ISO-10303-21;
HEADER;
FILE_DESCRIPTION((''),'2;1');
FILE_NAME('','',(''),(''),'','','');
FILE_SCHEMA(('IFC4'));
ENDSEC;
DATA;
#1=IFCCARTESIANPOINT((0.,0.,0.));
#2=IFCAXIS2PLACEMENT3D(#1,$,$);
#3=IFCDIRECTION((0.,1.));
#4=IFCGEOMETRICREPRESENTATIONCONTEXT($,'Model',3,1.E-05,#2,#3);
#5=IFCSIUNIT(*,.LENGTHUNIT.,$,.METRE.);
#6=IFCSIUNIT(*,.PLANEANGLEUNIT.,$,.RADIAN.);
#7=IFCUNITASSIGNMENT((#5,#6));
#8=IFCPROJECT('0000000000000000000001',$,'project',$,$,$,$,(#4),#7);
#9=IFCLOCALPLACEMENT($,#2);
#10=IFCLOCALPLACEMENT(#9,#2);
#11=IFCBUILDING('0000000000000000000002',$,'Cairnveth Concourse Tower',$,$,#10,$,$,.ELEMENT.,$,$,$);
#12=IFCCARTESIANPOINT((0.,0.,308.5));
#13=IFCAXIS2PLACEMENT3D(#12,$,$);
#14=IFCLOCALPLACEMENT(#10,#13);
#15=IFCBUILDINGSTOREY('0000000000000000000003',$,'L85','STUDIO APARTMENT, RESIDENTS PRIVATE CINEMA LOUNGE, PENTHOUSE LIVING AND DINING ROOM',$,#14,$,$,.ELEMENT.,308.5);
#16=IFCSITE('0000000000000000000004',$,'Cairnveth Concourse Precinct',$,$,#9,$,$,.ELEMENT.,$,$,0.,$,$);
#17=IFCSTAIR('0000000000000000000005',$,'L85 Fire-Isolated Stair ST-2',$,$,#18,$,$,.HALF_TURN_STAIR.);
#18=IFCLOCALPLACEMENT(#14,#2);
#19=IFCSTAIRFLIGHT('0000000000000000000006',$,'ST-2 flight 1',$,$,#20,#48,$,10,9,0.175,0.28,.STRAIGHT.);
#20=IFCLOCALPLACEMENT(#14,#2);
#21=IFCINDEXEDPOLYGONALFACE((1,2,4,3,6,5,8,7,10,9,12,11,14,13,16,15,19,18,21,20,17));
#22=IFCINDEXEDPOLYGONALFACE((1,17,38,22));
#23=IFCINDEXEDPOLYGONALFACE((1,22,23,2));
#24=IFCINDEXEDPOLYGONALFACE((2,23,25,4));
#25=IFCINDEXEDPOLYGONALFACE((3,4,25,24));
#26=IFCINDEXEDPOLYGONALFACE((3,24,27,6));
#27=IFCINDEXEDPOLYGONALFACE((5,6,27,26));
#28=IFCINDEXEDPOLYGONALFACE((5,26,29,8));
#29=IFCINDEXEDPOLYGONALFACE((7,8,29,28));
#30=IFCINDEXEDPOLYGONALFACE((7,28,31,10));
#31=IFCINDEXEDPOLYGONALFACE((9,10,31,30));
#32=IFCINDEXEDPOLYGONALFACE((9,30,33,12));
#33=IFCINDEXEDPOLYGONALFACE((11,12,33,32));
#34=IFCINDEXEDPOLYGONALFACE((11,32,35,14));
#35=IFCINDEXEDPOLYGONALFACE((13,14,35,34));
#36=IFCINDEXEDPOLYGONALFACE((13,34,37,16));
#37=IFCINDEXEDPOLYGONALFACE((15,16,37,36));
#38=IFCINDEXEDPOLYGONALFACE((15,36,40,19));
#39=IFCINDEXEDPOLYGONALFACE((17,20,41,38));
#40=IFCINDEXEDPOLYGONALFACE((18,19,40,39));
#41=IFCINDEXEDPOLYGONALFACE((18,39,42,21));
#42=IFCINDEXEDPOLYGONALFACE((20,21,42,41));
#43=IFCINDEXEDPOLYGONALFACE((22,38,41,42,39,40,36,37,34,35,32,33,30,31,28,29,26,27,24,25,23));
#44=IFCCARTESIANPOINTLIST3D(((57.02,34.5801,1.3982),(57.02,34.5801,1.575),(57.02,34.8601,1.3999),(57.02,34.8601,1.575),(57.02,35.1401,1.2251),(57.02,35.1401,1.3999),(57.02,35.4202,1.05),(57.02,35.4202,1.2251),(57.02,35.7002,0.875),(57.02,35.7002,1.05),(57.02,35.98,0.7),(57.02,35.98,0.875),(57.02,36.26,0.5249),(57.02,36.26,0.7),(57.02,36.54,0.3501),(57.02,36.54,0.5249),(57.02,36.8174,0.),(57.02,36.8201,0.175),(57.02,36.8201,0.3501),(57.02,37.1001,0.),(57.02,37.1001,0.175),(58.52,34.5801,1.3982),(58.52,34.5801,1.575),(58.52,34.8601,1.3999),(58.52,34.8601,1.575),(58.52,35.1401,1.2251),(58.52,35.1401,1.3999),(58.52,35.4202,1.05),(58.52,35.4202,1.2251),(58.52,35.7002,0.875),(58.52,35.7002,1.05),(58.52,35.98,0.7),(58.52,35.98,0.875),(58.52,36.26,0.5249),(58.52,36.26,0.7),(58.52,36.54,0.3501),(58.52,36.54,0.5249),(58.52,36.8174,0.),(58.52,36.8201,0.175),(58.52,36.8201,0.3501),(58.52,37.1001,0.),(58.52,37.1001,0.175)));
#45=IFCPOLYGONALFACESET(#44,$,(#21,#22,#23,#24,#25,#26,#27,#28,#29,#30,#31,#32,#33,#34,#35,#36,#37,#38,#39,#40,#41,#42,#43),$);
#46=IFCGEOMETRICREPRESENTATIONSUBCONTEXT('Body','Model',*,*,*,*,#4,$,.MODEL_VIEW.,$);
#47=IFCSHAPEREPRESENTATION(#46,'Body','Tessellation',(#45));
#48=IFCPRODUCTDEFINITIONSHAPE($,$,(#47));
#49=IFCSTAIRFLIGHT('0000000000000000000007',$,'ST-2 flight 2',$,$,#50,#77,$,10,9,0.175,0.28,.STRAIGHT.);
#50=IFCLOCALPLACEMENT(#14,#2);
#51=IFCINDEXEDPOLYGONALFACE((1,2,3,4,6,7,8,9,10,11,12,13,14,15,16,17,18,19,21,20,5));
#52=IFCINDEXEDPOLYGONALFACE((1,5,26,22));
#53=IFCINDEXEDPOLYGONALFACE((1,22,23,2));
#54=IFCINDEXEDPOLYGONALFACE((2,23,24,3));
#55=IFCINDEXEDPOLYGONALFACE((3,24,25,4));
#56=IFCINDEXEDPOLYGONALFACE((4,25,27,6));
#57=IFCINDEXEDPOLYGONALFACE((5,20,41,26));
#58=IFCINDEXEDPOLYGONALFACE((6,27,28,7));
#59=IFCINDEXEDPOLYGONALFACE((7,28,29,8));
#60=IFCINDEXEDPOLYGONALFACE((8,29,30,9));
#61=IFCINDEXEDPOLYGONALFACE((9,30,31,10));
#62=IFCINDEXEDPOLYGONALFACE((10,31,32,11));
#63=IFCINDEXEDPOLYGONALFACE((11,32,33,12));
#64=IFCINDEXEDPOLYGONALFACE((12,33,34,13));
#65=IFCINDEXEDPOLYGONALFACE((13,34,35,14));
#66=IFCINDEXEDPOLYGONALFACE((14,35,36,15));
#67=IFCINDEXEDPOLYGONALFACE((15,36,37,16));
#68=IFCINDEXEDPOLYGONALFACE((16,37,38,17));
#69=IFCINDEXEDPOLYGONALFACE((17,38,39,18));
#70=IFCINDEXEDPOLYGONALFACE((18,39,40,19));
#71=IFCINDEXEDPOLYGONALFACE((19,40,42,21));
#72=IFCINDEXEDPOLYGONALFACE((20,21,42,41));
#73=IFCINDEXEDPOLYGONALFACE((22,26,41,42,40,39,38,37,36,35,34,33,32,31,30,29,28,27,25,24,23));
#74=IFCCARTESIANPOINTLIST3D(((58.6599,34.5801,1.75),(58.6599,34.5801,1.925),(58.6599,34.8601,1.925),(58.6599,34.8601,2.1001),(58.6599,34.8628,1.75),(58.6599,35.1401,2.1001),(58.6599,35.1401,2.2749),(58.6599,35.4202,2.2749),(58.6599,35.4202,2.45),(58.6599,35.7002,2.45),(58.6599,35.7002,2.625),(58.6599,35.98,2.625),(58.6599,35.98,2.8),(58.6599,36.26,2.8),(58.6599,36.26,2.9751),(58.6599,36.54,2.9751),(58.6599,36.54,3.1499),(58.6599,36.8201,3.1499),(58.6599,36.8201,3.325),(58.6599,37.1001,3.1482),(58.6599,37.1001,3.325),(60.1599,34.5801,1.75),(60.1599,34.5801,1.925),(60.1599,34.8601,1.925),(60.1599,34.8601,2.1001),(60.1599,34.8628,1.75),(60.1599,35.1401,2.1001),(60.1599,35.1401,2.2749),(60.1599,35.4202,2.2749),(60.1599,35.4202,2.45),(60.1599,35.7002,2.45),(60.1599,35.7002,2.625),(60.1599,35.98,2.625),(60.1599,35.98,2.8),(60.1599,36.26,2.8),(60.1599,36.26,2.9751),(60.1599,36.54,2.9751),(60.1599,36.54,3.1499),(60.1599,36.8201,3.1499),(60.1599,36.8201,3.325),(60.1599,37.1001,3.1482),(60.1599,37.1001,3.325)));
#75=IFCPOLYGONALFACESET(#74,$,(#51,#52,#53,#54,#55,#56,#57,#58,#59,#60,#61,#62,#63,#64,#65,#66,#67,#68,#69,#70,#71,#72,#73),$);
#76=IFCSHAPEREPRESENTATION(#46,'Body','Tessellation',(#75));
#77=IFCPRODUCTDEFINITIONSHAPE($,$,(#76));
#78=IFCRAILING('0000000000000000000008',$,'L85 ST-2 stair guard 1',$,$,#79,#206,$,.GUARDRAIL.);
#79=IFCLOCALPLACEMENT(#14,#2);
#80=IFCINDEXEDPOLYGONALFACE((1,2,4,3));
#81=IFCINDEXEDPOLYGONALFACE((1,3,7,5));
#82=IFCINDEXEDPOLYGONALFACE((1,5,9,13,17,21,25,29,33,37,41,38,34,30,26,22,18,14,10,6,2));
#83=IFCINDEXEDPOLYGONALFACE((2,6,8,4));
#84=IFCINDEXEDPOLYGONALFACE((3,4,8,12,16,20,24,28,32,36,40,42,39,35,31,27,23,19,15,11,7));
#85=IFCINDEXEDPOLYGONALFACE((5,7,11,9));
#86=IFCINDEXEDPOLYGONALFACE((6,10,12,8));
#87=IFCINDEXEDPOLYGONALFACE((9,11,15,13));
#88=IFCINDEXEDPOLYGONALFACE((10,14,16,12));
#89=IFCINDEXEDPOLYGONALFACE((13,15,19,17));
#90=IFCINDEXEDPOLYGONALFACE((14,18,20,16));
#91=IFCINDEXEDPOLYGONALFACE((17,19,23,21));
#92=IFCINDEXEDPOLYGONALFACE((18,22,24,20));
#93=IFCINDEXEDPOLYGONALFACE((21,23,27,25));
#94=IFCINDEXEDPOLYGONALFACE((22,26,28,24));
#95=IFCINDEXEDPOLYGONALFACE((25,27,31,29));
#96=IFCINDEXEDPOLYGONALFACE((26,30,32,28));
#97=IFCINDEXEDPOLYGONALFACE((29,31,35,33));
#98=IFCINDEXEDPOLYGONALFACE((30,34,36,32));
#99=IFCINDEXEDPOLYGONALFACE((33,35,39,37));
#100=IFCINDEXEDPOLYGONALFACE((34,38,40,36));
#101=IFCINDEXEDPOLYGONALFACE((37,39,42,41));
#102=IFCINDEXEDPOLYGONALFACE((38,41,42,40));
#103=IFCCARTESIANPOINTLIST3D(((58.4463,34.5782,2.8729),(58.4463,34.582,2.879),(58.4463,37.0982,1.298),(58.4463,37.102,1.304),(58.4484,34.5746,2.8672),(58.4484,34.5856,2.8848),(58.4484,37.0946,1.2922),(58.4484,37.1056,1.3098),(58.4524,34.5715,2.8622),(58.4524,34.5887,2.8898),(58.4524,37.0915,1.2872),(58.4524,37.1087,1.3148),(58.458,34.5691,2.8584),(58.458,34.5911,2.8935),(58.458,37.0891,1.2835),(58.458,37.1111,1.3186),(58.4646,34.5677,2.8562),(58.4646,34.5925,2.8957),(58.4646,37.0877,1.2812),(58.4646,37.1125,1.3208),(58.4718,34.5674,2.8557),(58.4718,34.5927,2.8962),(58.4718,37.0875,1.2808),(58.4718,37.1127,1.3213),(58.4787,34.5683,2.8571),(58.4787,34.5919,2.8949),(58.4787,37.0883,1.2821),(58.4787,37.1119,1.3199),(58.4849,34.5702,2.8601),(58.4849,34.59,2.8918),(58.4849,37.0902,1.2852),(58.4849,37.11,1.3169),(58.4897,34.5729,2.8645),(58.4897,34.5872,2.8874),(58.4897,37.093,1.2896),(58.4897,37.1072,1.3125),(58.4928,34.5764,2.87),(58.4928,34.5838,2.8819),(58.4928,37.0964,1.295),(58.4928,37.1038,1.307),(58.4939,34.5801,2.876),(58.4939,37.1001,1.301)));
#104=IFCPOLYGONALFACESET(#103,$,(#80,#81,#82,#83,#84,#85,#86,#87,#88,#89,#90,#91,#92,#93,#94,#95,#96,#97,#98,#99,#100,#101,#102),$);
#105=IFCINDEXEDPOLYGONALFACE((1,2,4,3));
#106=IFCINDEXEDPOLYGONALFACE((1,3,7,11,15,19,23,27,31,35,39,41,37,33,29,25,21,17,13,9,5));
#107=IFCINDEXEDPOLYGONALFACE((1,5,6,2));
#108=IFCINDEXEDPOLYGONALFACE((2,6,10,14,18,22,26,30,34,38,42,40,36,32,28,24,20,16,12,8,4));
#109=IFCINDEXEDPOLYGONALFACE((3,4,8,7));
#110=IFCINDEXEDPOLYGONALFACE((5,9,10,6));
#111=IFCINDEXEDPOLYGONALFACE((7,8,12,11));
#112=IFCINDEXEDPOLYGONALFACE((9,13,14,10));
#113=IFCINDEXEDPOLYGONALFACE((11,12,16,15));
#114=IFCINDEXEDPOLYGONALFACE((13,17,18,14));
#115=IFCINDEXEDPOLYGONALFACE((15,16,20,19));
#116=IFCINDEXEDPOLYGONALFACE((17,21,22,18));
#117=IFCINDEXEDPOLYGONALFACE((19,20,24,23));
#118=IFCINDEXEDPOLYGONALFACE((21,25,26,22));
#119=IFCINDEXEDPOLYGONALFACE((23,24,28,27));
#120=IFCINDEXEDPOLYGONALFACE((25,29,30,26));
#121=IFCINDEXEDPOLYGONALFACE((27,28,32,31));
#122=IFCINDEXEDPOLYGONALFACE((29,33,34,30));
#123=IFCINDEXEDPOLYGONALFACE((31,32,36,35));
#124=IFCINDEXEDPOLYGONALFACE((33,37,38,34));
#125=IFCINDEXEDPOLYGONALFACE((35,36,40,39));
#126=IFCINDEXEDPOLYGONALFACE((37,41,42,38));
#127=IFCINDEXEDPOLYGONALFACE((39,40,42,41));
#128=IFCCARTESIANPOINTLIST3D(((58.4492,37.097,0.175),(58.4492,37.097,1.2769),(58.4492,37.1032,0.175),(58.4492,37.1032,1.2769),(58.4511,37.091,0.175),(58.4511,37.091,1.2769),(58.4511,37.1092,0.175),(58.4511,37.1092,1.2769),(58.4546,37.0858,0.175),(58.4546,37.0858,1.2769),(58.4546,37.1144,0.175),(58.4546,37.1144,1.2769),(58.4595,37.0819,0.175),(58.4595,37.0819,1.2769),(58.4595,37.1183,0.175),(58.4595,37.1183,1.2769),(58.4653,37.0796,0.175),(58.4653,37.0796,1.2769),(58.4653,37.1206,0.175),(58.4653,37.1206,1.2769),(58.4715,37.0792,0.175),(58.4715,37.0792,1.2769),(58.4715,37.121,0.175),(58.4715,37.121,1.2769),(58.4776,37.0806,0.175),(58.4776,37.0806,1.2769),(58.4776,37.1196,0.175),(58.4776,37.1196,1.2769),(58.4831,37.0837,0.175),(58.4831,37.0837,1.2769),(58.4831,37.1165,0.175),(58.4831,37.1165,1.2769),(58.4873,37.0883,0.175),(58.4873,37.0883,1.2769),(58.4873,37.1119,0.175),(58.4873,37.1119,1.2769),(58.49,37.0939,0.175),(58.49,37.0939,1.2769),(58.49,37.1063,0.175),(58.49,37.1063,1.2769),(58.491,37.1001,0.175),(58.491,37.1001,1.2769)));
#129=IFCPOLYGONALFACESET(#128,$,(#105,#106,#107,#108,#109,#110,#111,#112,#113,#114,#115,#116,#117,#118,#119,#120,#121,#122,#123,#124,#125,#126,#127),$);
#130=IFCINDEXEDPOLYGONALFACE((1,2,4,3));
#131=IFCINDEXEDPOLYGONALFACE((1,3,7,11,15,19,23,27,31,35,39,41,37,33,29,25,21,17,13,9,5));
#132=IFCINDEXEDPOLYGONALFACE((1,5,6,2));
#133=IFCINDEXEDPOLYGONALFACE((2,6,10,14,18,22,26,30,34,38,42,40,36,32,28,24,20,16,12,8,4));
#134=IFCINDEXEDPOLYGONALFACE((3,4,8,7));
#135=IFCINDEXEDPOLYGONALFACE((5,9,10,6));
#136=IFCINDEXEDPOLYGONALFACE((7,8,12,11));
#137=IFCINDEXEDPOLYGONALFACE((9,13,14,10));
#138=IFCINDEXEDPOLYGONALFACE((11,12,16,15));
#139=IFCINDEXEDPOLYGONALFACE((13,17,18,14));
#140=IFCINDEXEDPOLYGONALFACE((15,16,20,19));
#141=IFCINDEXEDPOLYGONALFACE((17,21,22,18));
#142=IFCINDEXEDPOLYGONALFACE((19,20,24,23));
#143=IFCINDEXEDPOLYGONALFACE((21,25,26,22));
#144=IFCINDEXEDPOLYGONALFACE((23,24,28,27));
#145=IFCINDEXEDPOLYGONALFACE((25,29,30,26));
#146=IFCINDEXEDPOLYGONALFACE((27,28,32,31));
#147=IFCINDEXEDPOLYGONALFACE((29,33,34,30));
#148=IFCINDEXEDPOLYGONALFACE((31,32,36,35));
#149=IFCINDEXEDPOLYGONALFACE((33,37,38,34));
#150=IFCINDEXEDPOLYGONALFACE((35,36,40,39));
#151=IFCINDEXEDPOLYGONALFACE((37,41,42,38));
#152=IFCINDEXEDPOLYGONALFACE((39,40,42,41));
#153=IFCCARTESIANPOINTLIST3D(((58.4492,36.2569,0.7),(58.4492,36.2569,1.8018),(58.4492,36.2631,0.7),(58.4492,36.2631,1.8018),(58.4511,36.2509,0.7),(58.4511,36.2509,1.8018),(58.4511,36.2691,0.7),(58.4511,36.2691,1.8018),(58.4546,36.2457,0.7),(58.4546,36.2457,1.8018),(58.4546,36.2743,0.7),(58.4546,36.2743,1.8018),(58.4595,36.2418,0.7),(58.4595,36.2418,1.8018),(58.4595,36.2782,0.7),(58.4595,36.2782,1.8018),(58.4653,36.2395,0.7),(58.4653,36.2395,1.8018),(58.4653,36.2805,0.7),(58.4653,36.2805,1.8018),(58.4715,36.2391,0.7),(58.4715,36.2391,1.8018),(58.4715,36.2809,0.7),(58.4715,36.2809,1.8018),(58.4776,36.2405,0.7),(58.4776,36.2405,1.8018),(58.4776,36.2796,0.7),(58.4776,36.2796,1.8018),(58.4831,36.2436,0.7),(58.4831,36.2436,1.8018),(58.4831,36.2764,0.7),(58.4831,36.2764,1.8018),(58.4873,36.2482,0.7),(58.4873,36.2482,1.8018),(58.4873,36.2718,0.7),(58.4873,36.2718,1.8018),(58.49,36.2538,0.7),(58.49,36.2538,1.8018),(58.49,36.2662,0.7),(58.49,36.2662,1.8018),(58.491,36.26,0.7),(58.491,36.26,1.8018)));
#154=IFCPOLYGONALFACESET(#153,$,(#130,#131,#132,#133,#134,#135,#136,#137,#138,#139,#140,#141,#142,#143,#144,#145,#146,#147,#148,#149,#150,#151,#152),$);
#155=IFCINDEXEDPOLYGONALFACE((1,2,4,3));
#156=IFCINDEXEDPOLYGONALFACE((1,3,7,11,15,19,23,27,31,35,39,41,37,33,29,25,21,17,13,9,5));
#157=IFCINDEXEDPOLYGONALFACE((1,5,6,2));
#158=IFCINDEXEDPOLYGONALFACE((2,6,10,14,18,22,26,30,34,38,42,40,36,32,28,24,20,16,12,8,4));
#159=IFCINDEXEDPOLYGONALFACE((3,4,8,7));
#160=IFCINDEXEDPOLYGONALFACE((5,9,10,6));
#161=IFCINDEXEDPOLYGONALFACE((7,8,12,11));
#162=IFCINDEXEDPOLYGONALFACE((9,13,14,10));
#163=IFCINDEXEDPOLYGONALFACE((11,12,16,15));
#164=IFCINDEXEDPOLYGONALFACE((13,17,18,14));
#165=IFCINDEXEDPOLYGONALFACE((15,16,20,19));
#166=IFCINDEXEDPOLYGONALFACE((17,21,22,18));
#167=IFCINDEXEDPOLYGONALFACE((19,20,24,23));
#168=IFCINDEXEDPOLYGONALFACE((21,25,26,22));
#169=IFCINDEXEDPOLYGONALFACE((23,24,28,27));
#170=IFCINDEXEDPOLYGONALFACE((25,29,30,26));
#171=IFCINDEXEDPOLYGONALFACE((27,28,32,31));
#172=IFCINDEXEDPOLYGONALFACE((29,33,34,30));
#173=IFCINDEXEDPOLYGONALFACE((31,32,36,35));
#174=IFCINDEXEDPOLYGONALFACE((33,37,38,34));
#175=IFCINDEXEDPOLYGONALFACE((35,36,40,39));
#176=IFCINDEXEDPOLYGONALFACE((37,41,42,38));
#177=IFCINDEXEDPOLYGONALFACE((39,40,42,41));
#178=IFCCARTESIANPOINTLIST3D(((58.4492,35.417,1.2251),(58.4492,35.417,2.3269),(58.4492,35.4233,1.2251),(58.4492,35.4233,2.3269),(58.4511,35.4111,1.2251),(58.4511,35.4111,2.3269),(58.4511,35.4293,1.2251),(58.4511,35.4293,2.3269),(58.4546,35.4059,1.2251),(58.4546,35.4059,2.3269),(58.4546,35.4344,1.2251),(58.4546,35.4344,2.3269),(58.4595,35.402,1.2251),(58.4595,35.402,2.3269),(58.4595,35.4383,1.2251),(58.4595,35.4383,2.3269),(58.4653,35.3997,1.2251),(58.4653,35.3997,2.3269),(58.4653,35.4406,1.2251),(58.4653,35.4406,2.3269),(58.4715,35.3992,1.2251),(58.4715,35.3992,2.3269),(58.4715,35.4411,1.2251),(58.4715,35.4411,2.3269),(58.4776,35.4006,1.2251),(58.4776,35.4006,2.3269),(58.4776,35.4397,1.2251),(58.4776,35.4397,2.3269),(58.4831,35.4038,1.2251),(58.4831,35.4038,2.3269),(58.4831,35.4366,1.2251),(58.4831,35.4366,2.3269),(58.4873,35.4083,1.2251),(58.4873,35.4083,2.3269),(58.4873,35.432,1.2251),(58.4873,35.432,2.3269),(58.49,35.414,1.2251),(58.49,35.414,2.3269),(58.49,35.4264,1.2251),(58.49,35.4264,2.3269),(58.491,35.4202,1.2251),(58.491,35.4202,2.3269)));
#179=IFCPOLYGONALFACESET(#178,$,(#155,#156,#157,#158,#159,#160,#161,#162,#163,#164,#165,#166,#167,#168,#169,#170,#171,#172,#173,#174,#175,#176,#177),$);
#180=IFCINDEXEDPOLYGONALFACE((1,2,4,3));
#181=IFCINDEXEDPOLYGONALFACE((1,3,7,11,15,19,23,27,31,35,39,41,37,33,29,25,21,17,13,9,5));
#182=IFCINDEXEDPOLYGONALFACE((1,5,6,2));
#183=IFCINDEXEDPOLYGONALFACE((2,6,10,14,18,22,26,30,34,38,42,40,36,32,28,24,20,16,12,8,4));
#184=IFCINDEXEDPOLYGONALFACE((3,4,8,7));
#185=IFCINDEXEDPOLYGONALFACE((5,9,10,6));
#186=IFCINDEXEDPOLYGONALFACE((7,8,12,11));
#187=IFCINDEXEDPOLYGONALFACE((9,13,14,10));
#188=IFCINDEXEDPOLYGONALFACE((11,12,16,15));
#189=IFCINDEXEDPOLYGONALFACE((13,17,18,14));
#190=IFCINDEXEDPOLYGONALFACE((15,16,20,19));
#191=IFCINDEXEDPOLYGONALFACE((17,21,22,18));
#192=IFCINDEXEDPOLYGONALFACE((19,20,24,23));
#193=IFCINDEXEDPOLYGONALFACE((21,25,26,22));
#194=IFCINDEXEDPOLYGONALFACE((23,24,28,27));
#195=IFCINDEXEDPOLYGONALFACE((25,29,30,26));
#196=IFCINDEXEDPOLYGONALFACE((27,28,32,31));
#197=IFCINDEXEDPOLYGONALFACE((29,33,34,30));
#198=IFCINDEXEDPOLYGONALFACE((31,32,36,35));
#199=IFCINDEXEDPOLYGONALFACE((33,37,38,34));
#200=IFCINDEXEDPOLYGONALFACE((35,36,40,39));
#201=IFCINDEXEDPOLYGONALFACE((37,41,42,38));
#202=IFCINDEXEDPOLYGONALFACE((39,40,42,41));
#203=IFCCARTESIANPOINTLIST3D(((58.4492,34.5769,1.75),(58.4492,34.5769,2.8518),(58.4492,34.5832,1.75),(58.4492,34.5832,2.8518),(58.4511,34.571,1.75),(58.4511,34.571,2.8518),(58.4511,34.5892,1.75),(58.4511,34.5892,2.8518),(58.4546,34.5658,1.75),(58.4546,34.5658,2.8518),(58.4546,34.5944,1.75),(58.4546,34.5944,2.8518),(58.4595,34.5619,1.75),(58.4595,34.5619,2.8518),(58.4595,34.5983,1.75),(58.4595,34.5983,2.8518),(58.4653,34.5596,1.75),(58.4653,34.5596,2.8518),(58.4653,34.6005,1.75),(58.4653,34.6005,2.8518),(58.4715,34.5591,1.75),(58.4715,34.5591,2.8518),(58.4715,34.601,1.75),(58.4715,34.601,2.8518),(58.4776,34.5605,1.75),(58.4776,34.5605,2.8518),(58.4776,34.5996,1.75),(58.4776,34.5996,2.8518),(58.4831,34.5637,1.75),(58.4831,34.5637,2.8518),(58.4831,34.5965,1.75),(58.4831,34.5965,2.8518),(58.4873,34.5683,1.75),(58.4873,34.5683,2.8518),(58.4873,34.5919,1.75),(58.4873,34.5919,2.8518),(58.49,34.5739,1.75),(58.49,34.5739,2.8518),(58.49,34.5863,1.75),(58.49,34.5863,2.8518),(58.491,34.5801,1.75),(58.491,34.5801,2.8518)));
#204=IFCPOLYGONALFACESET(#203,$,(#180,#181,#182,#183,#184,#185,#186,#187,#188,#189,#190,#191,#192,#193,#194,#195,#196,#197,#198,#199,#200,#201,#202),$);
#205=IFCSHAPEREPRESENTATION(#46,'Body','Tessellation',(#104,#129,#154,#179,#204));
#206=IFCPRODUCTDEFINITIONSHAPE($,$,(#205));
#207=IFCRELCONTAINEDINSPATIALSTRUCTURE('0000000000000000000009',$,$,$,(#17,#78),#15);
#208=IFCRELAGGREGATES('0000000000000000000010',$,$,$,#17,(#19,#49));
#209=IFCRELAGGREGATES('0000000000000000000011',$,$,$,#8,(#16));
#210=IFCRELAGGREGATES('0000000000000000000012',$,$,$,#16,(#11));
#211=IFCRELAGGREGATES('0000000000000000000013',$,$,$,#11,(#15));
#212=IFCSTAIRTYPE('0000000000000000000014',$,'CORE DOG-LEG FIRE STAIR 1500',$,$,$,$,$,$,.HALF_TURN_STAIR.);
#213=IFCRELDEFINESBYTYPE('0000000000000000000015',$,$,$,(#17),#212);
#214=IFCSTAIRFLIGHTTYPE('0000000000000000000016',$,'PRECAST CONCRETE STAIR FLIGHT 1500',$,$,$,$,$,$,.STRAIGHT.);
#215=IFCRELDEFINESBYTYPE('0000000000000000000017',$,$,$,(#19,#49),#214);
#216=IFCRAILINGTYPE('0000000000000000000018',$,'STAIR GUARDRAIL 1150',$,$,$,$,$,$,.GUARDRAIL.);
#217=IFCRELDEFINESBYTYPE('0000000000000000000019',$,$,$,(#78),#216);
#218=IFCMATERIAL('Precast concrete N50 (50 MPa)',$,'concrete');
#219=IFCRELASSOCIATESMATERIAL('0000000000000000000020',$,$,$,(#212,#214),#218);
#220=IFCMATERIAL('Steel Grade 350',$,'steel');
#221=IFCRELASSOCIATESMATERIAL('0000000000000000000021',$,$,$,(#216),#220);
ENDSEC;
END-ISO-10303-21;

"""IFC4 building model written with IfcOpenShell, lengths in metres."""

from ifc_helpers import new_model, si_unit, direction, frame, origin, origin_2d, place, context, subcontext, project, spatial, polyline, circle, outline, extrude, material, type_object, element, aggregate, save


model = new_model("IFC4")

# Units and contexts
model_context = context("Model", 3, precision=1e-05, world=origin(), true_north=direction((0.0, 1.0)))
body_context = subcontext(model_context, "Body", "Model", "MODEL_VIEW")
ifc_project = project(units=[si_unit("LENGTHUNIT", "METRE"), si_unit("PLANEANGLEUNIT", "RADIAN")], contexts=[model_context])

# Site, building, storey
site_placement = place(None, origin())
site = spatial("IfcSite", under=ifc_project, at=site_placement, Name="Cairnveth Concourse Precinct", CompositionType="ELEMENT", RefElevation=0.0)
building_placement = place(site_placement, origin())
building = spatial("IfcBuilding", under=site, at=building_placement, Name="Cairnveth Concourse Tower", CompositionType="ELEMENT")
storey_placement = place(building_placement, frame((0.0, 0.0, 308.5)))
storey = spatial("IfcBuildingStorey", under=building, at=storey_placement, Name="L85", Description="STUDIO APARTMENT, RESIDENTS PRIVATE CINEMA LOUNGE, PENTHOUSE LIVING AND DINING ROOM", CompositionType="ELEMENT", Elevation=308.5)

# Shared definitions
ifc_material_1 = material(Name="Steel Grade 350", Category="steel")

# Stair, stair flights
ifc_material_2 = material(Name="Precast concrete N50 (50 MPa)", Category="concrete")
stair_type = type_object("IfcStairType", Name="CORE DOG-LEG FIRE STAIR 1500", PredefinedType="HALF_TURN_STAIR", material=ifc_material_2)
stair_placement = place(storey_placement, origin())
stair = element("IfcStair", 1, at=stair_placement, inside=storey, type_object=stair_type, Name="L85 Fire-Isolated Stair ST-2", PredefinedType="HALF_TURN_STAIR")
stair_flight_type = type_object("IfcStairFlightType", Name="PRECAST CONCRETE STAIR FLIGHT 1500", PredefinedType="STRAIGHT", material=ifc_material_2)
stair_flight_1_placement = place(storey_placement, frame((57.77, 37.1001, 0.0), z_axis=(0.0, 0.0, 1.0), x_axis=(0.0, -1.0, 0.0)))
stair_flight_1 = element("IfcStairFlight", 2, at=stair_flight_1_placement, type_object=stair_flight_type, Name="ST-2 flight 1", NumberOfRisers=10, NumberOfTreads=9, PredefinedType="STRAIGHT", RiserHeight=0.175, TreadLength=0.28, context=body_context, shape_type="SweptSolid", body=[
    extrude(outline(polyline([(0.0, 0.0), (0.0, 0.175), (0.28, 0.175), (0.28, 0.3501), (0.5601, 0.3501), (0.5601, 0.5249), (0.8401, 0.5249), (0.8401, 0.7), (1.1201, 0.7), (1.1201, 0.875), (1.3999, 0.875), (1.3999, 1.05), (1.6799, 1.05), (1.6799, 1.2251), (1.96, 1.2251), (1.96, 1.3999), (2.24, 1.3999), (2.24, 1.575), (2.52, 1.575), (2.52, 1.75), (2.52, 1.3982), (0.2827, 0.0), (0.0, 0.0)])), frame((0.0, 0.75, 0.0), z_axis=(0.0, -1.0, 0.0), x_axis=(1.0, 0.0, 0.0)), (0.0, 0.0, 1.0), 1.5),
])
stair_flight_2_placement = place(storey_placement, frame((59.4099, 34.5801, 1.75), z_axis=(0.0, 0.0, 1.0), x_axis=(0.0, 1.0, 0.0)))
stair_flight_2 = element("IfcStairFlight", 3, at=stair_flight_2_placement, type_object=stair_flight_type, Name="ST-2 flight 2", NumberOfRisers=10, NumberOfTreads=9, PredefinedType="STRAIGHT", RiserHeight=0.175, TreadLength=0.28, context=body_context, shape_type="SweptSolid", body=[
    extrude(outline(polyline([(0.0, 0.0), (0.0, 0.175), (0.28, 0.175), (0.28, 0.3501), (0.5601, 0.3501), (0.5601, 0.5249), (0.8401, 0.5249), (0.8401, 0.7), (1.1201, 0.7), (1.1201, 0.875), (1.3999, 0.875), (1.3999, 1.05), (1.6799, 1.05), (1.6799, 1.2251), (1.96, 1.2251), (1.96, 1.3999), (2.24, 1.3999), (2.24, 1.575), (2.52, 1.575), (2.52, 1.75), (2.52, 1.3982), (0.2827, 0.0), (0.0, 0.0)])), frame((0.0, 0.75, 0.0), z_axis=(0.0, -1.0, 0.0), x_axis=(1.0, 0.0, 0.0)), (0.0, 0.0, 1.0), 1.5),
])
aggregate(stair, [stair_flight_1, stair_flight_2])

# Railing
railing_type_1 = type_object("IfcRailingType", Name="STAIR GUARDRAIL 1150", PredefinedType="GUARDRAIL", material=ifc_material_1)
railing_1_placement = place(storey_placement, frame((58.47, 37.1001, 0.175)))
element("IfcRailing", 4, at=railing_1_placement, inside=storey, type_object=railing_type_1, Name="L85 ST-2 stair guard 1", PredefinedType="GUARDRAIL", context=body_context, shape_type="SweptSolid", body=[
    extrude(circle(Radius=0.0239, at=origin_2d()), frame((0.0, 0.0, 1.126), z_axis=(0.0, -0.848008, 0.529984), x_axis=(1.0, 0.0, 0.0)), (0.0, 0.0, 1.0), 2.9717),
    extrude(circle(Radius=0.021, at=origin_2d()), origin(), (0.0, 0.0, 1.0), 1.1018),
    extrude(circle(Radius=0.021, at=origin_2d()), frame((0.0, -0.8401, 0.5249)), (0.0, 0.0, 1.0), 1.1018),
    extrude(circle(Radius=0.021, at=origin_2d()), frame((0.0, -1.6799, 1.05)), (0.0, 0.0, 1.0), 1.1018),
    extrude(circle(Radius=0.021, at=origin_2d()), frame((0.0, -2.52, 1.575)), (0.0, 0.0, 1.0), 1.1018),
])

save(model, "model.ifc")
